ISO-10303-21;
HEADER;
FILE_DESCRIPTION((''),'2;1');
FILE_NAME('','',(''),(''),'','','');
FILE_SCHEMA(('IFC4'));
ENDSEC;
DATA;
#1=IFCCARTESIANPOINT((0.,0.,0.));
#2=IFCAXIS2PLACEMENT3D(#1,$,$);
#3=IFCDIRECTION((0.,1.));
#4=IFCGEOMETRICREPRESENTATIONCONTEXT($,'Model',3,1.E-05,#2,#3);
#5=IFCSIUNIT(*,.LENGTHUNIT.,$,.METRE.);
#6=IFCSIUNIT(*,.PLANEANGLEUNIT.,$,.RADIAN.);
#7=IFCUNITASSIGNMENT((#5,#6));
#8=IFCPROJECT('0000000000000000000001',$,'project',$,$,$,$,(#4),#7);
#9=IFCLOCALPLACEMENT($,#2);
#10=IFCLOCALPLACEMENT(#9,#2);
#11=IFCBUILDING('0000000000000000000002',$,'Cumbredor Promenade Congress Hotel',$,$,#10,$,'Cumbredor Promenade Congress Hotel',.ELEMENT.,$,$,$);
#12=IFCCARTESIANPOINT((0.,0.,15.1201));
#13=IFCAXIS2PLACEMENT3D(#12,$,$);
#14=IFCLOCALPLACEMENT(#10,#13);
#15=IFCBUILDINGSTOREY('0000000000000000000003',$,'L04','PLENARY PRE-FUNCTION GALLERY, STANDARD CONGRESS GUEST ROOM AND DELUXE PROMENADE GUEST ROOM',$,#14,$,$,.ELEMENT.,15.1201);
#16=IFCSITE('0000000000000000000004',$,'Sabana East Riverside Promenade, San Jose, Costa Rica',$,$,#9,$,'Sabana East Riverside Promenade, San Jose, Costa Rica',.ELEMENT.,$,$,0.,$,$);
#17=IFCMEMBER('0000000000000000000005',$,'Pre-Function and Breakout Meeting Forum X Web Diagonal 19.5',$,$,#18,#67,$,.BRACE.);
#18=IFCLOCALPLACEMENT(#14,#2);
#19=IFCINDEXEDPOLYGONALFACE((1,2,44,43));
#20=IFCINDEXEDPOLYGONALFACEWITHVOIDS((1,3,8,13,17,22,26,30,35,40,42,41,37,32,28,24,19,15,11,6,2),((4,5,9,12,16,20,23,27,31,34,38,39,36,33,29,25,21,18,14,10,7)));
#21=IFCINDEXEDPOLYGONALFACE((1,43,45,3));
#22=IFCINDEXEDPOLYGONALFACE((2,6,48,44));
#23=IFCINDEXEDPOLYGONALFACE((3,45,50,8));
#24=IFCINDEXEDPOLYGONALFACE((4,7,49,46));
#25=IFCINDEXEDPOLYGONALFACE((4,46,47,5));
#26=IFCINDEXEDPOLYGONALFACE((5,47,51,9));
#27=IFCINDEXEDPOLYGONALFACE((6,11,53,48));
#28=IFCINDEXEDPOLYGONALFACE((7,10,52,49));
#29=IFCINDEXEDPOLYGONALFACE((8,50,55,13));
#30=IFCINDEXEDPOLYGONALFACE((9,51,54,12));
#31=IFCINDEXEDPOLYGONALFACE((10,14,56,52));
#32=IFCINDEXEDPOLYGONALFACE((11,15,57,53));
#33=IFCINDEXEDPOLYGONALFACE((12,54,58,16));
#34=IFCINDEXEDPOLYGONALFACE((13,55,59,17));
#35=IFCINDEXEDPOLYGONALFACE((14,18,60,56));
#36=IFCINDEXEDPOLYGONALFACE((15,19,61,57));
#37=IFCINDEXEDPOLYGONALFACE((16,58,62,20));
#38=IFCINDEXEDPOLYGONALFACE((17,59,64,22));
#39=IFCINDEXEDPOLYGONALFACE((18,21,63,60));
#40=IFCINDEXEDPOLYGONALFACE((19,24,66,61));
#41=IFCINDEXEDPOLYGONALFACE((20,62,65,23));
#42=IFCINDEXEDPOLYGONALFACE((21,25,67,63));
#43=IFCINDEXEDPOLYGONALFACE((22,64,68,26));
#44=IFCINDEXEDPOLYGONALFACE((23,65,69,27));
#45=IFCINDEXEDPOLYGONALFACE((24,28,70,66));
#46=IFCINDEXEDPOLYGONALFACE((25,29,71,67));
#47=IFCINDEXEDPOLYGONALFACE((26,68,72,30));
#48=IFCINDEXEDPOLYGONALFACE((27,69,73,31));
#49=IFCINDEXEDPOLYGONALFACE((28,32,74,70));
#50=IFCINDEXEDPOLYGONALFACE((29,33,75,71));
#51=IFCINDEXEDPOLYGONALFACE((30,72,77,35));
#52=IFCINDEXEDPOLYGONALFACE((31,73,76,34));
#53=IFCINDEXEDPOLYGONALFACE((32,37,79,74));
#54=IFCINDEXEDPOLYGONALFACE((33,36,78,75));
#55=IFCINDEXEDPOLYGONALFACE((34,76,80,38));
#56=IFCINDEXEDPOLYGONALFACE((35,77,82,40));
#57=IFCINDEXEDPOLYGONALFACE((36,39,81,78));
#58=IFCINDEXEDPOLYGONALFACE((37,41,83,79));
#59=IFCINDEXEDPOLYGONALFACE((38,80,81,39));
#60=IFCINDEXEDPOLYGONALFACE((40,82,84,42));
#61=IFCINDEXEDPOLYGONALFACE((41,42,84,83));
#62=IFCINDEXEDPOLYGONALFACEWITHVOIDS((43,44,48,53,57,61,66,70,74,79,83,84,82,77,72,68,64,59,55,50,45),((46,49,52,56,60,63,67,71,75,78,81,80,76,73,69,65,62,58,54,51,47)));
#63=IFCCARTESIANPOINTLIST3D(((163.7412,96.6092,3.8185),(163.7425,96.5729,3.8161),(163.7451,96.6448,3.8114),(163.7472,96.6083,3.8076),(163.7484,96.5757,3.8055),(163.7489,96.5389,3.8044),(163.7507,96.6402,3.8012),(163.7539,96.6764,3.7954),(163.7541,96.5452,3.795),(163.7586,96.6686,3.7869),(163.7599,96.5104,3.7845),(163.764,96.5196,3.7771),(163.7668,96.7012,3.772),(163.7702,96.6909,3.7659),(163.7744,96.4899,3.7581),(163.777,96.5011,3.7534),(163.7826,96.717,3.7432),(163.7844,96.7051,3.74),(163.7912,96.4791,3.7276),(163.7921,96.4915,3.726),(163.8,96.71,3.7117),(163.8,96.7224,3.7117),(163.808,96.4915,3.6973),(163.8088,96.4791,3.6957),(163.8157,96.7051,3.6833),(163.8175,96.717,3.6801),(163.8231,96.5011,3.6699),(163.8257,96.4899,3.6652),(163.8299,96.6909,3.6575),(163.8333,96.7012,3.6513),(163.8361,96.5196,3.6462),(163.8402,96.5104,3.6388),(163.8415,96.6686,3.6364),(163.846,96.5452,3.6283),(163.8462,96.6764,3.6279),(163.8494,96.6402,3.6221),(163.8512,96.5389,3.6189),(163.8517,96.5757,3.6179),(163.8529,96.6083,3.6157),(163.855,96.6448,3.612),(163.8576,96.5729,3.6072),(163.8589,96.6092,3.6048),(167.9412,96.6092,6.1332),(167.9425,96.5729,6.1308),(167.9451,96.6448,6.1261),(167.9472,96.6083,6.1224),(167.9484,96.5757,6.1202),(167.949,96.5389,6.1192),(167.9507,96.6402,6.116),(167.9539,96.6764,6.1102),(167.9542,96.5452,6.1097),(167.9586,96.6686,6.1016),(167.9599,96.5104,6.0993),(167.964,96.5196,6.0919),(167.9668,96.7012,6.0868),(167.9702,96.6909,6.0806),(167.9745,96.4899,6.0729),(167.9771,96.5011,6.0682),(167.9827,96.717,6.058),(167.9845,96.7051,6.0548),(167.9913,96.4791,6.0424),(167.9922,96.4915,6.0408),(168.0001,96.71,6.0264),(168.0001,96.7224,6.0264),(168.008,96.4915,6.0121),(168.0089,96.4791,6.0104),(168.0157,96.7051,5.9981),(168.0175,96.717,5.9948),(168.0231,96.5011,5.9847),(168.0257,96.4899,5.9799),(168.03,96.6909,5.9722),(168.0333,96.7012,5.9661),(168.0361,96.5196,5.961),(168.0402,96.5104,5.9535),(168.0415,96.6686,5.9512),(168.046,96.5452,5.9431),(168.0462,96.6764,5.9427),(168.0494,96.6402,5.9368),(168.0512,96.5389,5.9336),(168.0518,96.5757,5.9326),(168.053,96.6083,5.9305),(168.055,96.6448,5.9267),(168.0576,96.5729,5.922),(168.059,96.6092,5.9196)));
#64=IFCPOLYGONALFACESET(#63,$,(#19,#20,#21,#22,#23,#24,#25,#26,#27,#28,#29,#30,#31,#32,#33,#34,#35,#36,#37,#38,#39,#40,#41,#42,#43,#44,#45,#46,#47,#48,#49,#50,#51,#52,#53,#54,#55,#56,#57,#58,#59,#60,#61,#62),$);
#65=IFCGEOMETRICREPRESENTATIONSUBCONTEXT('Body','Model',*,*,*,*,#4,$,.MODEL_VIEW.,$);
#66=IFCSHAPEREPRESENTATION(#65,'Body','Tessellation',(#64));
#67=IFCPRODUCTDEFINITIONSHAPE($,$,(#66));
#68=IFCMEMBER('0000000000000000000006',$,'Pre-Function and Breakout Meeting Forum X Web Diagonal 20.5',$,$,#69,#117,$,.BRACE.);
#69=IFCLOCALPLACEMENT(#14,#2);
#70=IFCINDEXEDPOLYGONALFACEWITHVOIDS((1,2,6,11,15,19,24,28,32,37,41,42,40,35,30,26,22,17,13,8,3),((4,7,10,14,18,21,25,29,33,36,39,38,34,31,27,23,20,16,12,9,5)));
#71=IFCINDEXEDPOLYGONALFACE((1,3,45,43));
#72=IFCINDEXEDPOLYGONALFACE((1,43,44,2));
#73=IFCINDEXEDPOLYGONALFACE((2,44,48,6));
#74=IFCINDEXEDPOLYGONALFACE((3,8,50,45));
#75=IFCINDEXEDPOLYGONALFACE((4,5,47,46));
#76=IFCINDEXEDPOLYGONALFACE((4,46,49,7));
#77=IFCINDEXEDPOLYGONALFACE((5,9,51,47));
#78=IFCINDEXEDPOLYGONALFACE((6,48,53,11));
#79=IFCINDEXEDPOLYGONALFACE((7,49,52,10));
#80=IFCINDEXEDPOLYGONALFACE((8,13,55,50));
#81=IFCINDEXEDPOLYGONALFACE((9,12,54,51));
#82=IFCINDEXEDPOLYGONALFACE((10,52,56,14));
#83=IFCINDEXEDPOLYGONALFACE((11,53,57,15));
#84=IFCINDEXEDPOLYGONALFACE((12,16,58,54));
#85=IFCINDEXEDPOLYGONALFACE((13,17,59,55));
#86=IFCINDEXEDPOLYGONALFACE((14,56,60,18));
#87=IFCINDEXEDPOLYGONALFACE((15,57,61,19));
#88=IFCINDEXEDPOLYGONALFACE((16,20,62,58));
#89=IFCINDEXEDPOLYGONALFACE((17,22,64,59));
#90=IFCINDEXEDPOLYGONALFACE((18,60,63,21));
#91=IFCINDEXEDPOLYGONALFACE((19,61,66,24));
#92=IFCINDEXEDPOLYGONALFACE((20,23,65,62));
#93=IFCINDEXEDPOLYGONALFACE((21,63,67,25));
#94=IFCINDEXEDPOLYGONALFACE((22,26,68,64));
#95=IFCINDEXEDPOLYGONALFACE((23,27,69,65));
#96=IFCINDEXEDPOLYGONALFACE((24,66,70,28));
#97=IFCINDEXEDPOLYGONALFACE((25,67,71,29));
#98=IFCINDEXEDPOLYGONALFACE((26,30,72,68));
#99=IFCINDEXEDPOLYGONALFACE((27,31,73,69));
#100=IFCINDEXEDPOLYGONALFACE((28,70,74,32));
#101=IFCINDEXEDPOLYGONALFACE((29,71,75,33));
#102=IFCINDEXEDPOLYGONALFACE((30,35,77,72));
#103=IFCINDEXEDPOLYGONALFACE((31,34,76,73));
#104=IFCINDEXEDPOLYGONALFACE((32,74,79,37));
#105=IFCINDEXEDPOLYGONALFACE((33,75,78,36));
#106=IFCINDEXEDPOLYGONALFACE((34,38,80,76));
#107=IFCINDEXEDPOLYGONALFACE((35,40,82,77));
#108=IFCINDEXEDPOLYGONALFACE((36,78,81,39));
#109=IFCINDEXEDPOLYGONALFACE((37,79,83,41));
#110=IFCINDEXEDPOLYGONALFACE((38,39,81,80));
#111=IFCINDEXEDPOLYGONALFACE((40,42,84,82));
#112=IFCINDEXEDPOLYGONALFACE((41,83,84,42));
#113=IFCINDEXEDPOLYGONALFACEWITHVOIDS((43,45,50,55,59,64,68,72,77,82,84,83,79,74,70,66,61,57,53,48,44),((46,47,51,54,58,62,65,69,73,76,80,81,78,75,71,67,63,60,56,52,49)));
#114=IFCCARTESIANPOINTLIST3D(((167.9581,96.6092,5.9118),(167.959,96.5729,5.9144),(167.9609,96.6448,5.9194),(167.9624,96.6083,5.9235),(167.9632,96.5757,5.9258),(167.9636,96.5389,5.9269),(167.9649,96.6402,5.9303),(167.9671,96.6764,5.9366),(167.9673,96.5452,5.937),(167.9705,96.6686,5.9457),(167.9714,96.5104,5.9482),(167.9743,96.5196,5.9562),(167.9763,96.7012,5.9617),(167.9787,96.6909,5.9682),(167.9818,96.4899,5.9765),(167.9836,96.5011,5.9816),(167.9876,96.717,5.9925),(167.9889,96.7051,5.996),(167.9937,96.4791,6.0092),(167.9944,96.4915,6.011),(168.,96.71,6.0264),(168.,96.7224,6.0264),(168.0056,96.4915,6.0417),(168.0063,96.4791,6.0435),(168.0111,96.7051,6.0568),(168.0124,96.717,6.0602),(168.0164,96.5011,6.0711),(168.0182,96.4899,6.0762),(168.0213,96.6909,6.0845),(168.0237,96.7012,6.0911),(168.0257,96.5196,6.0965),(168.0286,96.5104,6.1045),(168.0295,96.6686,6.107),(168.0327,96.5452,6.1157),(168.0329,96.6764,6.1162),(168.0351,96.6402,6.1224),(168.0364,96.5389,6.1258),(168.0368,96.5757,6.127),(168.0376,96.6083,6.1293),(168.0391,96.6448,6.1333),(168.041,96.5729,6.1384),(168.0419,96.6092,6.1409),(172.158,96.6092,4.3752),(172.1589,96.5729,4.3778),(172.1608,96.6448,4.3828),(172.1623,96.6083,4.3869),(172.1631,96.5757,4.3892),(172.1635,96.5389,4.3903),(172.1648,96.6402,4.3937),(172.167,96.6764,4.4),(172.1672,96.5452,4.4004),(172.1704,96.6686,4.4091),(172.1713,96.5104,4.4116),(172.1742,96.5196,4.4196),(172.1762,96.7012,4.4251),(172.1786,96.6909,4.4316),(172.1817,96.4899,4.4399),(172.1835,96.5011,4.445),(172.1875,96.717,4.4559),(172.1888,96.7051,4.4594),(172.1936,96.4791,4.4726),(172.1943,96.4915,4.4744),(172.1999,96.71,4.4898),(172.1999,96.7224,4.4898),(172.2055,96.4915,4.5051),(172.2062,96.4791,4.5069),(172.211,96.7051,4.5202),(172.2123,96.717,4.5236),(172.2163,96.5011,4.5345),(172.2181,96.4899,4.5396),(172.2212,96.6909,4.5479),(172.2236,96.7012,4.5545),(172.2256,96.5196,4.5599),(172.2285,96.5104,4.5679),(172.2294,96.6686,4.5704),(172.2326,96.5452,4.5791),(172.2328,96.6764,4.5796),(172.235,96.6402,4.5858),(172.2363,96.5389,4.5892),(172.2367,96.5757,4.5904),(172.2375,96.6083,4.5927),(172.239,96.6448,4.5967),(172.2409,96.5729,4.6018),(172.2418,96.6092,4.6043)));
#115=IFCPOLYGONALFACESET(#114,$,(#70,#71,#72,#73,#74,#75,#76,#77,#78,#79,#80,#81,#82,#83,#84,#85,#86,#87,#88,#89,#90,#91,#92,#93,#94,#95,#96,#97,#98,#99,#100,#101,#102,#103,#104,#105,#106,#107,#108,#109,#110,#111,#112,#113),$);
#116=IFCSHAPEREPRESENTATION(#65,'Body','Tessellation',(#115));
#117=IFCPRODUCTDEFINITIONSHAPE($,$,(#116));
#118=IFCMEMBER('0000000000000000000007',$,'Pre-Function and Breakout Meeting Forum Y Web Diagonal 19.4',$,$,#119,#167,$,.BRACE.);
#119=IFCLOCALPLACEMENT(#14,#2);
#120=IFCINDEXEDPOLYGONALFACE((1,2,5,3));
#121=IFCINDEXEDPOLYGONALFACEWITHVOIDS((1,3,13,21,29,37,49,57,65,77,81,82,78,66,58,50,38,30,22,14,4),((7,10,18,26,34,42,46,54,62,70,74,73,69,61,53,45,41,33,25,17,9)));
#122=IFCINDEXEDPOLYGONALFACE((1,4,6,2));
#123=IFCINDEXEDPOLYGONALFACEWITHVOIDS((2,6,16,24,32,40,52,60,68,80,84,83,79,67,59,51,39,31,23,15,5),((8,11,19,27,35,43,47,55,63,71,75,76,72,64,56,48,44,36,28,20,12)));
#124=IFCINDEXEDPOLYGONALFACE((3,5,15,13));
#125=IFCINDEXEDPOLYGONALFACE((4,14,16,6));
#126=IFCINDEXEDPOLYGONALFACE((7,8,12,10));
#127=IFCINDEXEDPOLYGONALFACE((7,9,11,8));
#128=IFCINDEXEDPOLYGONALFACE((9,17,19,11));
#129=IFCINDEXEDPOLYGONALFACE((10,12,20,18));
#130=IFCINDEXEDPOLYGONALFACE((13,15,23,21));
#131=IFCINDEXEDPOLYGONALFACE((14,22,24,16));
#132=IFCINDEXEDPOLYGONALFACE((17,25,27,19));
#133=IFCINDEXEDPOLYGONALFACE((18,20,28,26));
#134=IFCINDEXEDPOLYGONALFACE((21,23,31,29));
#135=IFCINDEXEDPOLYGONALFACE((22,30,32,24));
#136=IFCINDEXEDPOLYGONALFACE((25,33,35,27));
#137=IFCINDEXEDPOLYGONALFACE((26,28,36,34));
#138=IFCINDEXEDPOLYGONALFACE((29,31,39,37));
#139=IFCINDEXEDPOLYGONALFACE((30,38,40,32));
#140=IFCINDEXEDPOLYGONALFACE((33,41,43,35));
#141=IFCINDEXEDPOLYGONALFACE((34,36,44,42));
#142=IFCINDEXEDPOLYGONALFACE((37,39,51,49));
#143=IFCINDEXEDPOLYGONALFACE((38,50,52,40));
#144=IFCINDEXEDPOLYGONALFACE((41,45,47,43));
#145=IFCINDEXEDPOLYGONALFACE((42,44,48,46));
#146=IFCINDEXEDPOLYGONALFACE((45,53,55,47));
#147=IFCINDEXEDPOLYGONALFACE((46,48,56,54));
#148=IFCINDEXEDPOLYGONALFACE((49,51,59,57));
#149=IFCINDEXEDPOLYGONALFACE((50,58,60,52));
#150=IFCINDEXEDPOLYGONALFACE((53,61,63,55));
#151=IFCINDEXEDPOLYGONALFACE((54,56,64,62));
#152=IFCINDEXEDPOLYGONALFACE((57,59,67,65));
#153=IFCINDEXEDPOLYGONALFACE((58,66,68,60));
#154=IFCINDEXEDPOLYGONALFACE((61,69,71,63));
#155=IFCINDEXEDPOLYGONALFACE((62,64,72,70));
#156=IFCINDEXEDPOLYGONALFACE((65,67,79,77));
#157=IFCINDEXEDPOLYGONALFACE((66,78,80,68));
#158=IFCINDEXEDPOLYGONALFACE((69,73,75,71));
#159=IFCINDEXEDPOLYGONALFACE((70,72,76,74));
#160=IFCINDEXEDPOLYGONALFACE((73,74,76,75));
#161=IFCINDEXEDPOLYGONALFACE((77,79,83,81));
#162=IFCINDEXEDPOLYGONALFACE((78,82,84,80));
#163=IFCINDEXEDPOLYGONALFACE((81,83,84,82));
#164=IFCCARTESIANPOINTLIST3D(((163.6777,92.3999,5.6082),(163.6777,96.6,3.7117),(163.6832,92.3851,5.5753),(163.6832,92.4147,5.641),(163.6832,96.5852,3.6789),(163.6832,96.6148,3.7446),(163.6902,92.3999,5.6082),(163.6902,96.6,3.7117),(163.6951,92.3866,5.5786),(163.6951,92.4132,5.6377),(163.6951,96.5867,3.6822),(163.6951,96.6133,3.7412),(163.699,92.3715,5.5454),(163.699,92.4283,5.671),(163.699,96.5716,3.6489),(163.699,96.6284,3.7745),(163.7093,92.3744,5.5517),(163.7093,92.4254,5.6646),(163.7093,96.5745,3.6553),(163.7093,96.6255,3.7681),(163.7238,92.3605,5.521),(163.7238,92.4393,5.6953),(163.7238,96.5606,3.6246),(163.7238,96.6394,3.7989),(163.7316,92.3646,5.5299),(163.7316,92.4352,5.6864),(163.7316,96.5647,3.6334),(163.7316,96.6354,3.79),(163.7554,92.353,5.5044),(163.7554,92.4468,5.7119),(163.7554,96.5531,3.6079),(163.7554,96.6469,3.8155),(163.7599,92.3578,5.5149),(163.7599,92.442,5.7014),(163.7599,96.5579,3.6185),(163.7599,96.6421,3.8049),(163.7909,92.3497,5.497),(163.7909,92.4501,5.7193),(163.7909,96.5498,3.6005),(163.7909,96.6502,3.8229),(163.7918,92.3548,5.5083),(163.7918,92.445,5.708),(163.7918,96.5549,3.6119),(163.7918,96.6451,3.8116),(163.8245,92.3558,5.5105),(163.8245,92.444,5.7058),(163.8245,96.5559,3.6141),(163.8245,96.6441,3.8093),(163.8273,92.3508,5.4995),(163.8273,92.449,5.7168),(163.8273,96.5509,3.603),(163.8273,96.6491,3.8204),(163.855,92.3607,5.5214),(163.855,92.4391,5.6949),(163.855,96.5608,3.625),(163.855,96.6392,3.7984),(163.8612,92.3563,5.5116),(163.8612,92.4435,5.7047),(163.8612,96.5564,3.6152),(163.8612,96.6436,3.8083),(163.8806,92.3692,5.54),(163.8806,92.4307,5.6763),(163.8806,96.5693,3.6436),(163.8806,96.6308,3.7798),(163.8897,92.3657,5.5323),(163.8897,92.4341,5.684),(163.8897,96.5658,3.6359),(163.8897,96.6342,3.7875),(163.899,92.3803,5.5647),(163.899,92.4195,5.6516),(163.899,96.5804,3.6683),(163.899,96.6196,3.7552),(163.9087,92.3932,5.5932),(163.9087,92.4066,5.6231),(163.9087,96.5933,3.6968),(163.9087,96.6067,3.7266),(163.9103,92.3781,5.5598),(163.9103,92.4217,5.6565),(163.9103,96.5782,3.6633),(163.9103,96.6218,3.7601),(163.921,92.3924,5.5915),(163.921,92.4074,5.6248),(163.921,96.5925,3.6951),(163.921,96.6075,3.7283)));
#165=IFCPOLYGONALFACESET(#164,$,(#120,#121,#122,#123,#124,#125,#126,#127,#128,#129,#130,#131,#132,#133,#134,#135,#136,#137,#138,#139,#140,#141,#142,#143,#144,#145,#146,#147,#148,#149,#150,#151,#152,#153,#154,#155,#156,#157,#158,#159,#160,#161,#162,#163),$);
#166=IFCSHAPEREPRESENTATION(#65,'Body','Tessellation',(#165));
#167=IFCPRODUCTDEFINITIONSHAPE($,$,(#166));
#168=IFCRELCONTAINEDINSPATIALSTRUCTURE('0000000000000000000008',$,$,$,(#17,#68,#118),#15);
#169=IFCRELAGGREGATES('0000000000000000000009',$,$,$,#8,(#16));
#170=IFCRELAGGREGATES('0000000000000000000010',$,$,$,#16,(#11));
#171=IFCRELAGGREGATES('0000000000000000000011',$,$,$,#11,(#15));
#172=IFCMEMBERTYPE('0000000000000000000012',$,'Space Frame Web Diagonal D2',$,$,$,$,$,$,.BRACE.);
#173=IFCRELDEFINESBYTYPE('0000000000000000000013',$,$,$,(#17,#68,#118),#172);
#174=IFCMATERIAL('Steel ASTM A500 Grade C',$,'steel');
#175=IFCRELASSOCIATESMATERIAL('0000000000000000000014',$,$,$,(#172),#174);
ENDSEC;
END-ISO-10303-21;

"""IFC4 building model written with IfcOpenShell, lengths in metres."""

from ifc_helpers import new_model, si_unit, direction, frame, origin, origin_2d, place, context, subcontext, project, spatial, hollow_circle, extrude, material, material_profile, profile_set, type_object, element, save


model = new_model("IFC4")

# Units and contexts
model_context = context("Model", 3, precision=1e-05, world=origin(), true_north=direction((0.0, 1.0)))
body_context = subcontext(model_context, "Body", "Model", "MODEL_VIEW")
ifc_project = project(units=[si_unit("LENGTHUNIT", "METRE"), si_unit("PLANEANGLEUNIT", "RADIAN")], contexts=[model_context])

# Site, building, storey
site_placement = place(None, origin())
site = spatial("IfcSite", under=ifc_project, at=site_placement, Name="Sabana East Riverside Promenade, San Jose, Costa Rica", LongName="Sabana East Riverside Promenade, San Jose, Costa Rica", CompositionType="ELEMENT", RefElevation=0.0)
building_placement = place(site_placement, origin())
building = spatial("IfcBuilding", under=site, at=building_placement, Name="Cumbredor Promenade Congress Hotel", LongName="Cumbredor Promenade Congress Hotel", CompositionType="ELEMENT")
storey_placement = place(building_placement, frame((0.0, 0.0, 15.1201)))
storey = spatial("IfcBuildingStorey", under=building, at=storey_placement, Name="L04", Description="PLENARY PRE-FUNCTION GALLERY, STANDARD CONGRESS GUEST ROOM AND DELUXE PROMENADE GUEST ROOM", CompositionType="ELEMENT", Elevation=15.1201)

# Members
ifc_material_1 = material(Name="Steel ASTM A500 Grade C", Category="steel")
ifc_material_profile_1 = material_profile(ifc_material_1, hollow_circle(Radius=0.1223, WallThickness=0.0125, at=origin_2d()), Name="CHS 244.5x12.5")
ifc_profile_set_1 = profile_set([ifc_material_profile_1], Name="Steel ASTM A500 Grade C")
member_type_1 = type_object("IfcMemberType", Name="Space Frame Web Diagonal D2", PredefinedType="BRACE", material=ifc_profile_set_1)
member_1_placement = place(storey_placement, frame((163.8, 96.6001, 3.7117), z_axis=(0.8758, 0.0, 0.482675), x_axis=(0.0, 1.0, 0.0)))
element("IfcMember", 1, at=member_1_placement, inside=storey, type_object=member_type_1, Name="Pre-Function and Breakout Meeting Forum X Web Diagonal 19.5", PredefinedType="BRACE", context=body_context, shape_type="SweptSolid", body=[
    extrude(hollow_circle(Radius=0.1223, WallThickness=0.0125, at=origin_2d()), origin(), (0.0, 0.0, 1.0), 4.7957),
])
member_2_placement = place(storey_placement, frame((168.0, 96.6001, 6.0264), z_axis=(0.939119, 0.0, -0.343592), x_axis=(0.0, 1.0, 0.0)))
element("IfcMember", 2, at=member_2_placement, inside=storey, type_object=member_type_1, Name="Pre-Function and Breakout Meeting Forum X Web Diagonal 20.5", PredefinedType="BRACE", context=body_context, shape_type="SweptSolid", body=[
    extrude(hollow_circle(Radius=0.1223, WallThickness=0.0125, at=origin_2d()), origin(), (0.0, 0.0, 1.0), 4.4722),
])
member_3_placement = place(storey_placement, frame((163.8, 92.3999, 5.6082), z_axis=(0.0, 0.911401, -0.411519), x_axis=(-1.0, 0.0, 0.0)))
element("IfcMember", 3, at=member_3_placement, inside=storey, type_object=member_type_1, Name="Pre-Function and Breakout Meeting Forum Y Web Diagonal 19.4", PredefinedType="BRACE", context=body_context, shape_type="SweptSolid", body=[
    extrude(hollow_circle(Radius=0.1223, WallThickness=0.0125, at=origin_2d()), origin(), (0.0, 0.0, 1.0), 4.6084),
])

save(model, "model.ifc")
